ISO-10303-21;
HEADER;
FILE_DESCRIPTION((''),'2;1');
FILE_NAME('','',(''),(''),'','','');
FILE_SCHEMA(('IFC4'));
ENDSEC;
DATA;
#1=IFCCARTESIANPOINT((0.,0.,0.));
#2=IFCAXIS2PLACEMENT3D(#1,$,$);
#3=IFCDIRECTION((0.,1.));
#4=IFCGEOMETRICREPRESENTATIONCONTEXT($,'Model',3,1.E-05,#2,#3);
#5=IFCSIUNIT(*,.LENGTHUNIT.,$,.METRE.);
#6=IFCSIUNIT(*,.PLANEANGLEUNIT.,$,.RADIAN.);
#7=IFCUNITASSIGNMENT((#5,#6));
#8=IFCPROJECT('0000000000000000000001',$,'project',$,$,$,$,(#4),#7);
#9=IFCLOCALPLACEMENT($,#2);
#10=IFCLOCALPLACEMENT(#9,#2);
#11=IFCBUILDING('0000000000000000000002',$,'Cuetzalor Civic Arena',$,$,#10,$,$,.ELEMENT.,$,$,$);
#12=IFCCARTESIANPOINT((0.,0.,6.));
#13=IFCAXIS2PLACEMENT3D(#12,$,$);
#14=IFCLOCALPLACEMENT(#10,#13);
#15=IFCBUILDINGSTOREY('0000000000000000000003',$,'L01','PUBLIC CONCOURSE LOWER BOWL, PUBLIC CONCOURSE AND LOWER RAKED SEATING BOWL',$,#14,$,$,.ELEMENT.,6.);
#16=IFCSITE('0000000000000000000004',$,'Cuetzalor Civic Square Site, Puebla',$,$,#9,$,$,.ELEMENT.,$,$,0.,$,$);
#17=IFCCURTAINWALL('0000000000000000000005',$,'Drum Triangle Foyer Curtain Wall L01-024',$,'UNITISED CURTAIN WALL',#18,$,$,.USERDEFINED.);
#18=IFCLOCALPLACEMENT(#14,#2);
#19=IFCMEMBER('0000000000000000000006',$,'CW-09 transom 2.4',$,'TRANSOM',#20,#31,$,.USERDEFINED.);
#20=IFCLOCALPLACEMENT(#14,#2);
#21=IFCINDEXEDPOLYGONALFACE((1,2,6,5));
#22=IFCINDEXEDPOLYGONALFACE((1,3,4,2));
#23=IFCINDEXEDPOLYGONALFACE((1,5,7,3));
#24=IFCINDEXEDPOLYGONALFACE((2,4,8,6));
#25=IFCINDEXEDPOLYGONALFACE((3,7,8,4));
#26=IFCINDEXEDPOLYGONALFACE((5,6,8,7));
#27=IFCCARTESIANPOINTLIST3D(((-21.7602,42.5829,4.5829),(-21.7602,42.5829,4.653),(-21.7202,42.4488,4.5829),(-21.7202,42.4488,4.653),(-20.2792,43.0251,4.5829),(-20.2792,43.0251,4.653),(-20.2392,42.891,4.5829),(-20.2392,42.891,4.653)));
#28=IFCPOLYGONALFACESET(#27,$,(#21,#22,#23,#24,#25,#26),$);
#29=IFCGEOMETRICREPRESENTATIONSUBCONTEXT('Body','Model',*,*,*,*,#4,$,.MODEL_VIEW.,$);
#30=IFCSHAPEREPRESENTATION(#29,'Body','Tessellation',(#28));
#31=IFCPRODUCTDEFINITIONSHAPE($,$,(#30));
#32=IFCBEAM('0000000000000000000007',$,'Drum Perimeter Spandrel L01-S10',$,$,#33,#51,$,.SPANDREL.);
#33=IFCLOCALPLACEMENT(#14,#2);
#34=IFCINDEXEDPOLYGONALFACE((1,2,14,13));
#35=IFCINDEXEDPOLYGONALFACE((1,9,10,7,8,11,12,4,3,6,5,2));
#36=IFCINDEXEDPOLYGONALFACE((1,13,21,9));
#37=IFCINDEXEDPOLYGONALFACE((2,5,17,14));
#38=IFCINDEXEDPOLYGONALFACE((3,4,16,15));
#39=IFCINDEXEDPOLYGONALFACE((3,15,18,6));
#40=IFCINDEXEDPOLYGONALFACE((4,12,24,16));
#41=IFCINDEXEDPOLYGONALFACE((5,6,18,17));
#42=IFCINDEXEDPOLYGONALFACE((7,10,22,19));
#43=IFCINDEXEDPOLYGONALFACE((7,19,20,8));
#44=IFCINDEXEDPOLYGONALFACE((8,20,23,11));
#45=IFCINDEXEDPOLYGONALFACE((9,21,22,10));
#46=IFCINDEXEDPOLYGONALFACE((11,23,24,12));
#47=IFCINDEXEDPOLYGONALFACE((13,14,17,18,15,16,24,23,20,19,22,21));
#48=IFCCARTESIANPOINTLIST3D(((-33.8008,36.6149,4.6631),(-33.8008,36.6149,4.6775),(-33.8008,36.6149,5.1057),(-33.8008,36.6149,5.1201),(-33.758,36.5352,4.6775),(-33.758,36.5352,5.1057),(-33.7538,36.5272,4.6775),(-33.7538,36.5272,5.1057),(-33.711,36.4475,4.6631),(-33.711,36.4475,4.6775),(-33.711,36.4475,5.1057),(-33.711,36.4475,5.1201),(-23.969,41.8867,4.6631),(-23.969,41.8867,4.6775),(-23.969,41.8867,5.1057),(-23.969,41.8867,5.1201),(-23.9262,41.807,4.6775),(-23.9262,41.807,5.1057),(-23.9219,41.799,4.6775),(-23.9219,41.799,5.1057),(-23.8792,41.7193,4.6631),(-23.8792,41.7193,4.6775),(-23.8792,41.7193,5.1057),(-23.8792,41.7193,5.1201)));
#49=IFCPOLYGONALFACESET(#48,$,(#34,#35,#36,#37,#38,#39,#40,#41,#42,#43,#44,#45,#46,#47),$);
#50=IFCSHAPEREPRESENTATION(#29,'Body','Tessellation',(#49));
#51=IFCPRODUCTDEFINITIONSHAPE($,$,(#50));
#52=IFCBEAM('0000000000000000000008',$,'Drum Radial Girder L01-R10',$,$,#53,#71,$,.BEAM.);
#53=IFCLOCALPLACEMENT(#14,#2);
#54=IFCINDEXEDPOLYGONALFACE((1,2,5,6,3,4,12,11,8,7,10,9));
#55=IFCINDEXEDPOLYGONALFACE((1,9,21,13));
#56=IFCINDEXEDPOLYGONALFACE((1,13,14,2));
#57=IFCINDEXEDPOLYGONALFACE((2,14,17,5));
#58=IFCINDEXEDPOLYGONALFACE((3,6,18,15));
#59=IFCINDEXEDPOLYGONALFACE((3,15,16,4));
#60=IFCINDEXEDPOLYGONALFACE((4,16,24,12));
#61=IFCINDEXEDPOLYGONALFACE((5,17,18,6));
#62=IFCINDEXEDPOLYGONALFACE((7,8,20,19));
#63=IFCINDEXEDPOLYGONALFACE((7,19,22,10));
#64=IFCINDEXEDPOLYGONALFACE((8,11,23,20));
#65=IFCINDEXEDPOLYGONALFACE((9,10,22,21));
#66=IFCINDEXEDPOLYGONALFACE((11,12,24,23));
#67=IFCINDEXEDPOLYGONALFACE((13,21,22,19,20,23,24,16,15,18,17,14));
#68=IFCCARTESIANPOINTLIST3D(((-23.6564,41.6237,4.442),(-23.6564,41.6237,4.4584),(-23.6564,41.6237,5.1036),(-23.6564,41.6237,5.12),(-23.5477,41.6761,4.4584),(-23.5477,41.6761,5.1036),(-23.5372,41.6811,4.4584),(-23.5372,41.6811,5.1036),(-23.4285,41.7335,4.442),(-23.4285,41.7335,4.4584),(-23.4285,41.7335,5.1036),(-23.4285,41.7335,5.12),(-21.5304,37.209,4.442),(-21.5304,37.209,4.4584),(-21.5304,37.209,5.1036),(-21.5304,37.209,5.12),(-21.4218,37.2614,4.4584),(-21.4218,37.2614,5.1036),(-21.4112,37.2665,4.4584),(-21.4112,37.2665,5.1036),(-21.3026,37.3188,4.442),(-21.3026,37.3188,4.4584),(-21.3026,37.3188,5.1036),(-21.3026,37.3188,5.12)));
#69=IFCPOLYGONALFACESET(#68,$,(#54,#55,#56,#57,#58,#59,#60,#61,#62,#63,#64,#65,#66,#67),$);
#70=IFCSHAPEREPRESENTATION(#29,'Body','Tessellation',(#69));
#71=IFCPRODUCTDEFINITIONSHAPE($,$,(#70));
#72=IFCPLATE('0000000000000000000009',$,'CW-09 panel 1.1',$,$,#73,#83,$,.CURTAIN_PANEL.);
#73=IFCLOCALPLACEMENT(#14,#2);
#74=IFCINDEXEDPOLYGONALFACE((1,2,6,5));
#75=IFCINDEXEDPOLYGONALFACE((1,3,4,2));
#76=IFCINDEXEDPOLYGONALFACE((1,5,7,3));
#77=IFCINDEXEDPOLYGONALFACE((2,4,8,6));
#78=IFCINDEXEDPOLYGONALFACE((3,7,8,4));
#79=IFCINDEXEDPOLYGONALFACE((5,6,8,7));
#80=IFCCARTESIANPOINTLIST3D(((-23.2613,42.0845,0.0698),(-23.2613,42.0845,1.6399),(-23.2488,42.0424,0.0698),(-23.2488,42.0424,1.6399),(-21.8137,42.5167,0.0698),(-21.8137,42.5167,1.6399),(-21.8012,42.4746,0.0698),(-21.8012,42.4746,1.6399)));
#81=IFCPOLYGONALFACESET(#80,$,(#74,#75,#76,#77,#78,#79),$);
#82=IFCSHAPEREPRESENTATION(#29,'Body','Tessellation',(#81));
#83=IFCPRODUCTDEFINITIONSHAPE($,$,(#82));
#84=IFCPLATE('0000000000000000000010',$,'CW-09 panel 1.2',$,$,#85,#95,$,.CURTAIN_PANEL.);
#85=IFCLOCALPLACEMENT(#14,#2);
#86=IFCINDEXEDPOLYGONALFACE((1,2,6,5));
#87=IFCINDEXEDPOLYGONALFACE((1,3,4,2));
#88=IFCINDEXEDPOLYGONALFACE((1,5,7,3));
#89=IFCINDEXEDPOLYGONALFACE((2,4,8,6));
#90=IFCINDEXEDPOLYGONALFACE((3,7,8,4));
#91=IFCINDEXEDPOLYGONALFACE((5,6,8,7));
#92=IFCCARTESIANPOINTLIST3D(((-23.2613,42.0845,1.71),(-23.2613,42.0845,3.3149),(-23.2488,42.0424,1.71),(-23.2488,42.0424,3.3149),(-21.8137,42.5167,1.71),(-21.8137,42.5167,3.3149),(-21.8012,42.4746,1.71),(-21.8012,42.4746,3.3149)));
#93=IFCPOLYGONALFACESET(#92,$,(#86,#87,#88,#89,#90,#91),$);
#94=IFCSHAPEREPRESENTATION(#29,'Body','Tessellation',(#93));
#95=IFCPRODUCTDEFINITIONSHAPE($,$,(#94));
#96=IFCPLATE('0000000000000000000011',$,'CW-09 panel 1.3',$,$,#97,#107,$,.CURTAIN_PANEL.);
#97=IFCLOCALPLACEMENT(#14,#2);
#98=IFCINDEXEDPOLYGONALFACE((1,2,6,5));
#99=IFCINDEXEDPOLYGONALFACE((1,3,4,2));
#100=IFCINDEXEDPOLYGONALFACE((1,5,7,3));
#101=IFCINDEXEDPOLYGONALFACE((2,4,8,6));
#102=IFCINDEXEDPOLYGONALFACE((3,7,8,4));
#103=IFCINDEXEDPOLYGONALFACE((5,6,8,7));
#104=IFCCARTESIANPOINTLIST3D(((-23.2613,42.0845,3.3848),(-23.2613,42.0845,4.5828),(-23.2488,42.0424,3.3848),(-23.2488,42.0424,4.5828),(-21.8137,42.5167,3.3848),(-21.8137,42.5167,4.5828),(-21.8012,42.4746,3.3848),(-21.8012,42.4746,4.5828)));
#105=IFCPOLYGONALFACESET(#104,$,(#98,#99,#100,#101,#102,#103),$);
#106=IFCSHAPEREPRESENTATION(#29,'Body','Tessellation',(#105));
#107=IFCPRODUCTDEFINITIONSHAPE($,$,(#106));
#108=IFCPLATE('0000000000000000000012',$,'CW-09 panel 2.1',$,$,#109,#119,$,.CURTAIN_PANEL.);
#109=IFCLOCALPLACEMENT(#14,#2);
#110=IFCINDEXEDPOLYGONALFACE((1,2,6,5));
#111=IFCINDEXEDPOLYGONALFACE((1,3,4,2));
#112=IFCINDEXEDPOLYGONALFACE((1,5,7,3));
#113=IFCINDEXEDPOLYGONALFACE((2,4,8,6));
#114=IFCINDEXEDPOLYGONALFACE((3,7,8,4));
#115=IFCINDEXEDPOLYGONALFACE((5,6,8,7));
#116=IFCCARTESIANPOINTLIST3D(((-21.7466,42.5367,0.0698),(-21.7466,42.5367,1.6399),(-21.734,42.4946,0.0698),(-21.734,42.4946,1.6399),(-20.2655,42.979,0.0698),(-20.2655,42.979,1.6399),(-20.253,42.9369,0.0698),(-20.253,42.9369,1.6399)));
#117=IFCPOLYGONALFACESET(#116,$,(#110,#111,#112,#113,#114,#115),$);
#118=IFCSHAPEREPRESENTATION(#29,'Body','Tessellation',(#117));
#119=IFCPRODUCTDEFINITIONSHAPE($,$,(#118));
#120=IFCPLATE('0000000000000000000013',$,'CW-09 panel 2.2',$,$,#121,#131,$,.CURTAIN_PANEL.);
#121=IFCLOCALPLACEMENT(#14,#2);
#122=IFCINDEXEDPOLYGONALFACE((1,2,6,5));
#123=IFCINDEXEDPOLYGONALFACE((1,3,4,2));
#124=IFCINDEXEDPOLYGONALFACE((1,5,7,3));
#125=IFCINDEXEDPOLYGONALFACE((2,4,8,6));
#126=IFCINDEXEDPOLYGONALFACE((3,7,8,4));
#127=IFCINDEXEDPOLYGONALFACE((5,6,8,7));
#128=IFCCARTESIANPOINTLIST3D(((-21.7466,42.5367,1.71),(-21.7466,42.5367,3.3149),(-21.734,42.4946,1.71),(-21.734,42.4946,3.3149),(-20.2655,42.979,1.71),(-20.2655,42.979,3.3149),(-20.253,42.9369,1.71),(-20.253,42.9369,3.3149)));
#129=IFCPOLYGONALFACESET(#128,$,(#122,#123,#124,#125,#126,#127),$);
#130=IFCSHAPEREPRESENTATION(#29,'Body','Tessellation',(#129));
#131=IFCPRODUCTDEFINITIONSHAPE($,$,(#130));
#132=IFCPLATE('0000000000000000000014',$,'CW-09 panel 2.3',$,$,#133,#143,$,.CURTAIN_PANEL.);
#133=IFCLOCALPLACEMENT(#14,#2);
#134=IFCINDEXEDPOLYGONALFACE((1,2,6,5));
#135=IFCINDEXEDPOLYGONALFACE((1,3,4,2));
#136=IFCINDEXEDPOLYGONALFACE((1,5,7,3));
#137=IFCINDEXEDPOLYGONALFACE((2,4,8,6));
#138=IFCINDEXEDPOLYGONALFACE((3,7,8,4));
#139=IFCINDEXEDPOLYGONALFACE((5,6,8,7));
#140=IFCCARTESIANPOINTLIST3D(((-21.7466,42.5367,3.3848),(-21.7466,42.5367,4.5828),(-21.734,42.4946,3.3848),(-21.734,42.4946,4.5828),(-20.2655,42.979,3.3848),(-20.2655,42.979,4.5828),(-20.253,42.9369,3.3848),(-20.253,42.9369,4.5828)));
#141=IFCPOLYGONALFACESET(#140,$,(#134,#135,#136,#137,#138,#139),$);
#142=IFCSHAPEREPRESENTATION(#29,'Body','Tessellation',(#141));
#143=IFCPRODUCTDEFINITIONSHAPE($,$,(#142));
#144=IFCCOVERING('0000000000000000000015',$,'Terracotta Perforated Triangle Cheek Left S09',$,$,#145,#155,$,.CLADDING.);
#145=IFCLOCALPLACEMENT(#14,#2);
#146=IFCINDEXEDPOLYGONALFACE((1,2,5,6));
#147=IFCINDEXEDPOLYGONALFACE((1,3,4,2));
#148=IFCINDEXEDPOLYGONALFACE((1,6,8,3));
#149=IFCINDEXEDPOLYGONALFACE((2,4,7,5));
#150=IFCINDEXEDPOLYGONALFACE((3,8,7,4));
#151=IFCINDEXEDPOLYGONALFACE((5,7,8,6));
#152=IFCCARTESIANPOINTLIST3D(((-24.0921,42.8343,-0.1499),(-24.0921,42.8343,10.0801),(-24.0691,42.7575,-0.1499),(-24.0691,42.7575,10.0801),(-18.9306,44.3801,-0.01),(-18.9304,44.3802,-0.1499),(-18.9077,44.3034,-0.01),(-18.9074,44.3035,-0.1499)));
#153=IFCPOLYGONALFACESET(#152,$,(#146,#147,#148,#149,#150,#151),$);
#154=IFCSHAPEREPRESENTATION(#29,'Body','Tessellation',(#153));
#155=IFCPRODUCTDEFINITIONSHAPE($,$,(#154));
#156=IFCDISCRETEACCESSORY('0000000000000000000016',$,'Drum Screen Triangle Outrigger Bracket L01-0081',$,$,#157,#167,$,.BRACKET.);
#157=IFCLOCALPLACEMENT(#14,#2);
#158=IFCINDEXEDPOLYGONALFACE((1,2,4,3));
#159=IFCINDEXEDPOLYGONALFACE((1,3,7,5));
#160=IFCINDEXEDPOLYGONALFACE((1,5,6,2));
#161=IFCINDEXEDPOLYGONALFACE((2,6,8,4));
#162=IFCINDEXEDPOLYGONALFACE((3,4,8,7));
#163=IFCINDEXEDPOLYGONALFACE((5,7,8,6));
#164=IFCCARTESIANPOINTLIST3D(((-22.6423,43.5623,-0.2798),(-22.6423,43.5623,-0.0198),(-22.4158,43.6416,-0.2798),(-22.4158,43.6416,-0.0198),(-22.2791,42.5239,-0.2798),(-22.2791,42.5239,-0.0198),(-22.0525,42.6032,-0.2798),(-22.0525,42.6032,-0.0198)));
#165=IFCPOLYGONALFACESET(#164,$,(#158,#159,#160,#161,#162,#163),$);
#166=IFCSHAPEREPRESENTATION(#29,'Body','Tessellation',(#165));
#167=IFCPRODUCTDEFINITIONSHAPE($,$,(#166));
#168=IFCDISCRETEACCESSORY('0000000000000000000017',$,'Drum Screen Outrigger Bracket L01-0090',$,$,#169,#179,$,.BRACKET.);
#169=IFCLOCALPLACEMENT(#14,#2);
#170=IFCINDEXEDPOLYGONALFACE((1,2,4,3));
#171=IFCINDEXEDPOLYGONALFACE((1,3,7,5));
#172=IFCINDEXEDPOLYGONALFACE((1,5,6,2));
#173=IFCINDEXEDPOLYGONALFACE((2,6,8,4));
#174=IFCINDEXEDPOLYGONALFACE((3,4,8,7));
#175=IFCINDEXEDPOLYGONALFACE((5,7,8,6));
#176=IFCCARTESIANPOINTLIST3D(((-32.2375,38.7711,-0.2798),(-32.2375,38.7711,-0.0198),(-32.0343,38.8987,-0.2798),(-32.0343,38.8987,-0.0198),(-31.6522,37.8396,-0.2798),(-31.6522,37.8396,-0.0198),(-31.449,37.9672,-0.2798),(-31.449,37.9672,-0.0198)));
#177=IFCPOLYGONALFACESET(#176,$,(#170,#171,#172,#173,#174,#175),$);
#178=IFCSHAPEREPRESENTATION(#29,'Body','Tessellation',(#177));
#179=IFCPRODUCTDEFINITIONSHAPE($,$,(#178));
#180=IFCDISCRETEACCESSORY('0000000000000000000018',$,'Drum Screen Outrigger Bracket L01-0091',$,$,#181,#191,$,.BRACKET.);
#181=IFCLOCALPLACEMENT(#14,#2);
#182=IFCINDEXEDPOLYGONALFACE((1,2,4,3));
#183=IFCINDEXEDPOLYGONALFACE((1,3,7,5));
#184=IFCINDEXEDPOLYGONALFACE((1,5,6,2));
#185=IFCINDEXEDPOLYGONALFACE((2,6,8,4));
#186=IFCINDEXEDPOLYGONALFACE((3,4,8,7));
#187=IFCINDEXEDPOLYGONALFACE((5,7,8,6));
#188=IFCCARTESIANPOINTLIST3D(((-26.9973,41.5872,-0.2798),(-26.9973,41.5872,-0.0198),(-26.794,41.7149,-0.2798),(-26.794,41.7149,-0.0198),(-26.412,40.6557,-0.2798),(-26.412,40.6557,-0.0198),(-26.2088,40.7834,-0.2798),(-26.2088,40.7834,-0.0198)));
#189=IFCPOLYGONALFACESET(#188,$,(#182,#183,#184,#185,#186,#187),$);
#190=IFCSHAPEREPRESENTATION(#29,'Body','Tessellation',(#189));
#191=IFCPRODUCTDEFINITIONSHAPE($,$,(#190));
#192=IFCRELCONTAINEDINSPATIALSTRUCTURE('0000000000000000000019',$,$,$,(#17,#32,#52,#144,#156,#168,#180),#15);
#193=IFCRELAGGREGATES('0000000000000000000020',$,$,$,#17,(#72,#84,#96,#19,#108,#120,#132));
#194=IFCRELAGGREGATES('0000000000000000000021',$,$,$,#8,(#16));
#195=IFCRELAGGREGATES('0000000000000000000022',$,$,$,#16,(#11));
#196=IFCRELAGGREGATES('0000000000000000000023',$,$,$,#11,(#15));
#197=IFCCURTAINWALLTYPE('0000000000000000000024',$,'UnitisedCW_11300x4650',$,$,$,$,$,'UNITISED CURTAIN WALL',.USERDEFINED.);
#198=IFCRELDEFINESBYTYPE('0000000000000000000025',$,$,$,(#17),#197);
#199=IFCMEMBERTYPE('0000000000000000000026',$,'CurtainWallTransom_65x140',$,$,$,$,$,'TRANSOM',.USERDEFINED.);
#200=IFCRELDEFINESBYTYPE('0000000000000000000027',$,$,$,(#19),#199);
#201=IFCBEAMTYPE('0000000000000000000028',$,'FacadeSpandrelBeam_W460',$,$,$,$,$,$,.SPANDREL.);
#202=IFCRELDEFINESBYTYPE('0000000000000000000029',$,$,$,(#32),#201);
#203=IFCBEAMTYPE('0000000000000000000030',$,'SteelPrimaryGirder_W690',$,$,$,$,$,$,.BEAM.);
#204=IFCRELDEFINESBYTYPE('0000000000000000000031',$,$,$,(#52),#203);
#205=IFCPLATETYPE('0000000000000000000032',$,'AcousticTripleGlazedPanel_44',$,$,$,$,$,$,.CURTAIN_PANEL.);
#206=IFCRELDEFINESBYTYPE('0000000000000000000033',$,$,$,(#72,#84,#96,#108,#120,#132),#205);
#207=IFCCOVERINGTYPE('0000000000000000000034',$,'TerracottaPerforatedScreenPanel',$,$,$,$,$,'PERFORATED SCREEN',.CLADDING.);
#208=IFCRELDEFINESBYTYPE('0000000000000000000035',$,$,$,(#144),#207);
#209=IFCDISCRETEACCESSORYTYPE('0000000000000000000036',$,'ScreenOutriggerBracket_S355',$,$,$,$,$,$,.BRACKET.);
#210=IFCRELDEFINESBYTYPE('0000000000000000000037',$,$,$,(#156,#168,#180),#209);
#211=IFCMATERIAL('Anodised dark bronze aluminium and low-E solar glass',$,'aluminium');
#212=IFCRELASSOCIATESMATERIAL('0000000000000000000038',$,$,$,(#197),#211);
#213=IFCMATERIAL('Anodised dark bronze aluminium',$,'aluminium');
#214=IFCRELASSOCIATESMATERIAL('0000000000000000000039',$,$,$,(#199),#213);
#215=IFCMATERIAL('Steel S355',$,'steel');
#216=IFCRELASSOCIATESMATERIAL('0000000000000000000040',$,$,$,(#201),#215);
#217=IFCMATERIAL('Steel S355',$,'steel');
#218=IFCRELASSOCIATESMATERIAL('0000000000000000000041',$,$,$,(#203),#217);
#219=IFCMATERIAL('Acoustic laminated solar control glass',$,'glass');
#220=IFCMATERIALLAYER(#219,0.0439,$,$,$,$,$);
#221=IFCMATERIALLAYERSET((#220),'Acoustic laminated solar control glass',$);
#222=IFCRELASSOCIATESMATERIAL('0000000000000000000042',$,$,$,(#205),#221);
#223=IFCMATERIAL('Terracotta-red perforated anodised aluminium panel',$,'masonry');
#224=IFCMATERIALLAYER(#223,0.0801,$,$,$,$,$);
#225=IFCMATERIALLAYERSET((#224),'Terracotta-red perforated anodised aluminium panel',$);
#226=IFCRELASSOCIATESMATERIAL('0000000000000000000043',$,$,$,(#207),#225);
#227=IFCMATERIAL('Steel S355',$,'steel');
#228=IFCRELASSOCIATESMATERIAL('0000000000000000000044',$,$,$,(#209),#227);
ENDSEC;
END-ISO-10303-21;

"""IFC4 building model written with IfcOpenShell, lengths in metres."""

from ifc_helpers import new_model, si_unit, direction, frame, origin, origin_2d, place, context, subcontext, project, spatial, polyline, rectangle, i_section, outline, extrude, material, layer, layer_set, material_profile, profile_set, type_object, element, aggregate, save


model = new_model("IFC4")

# Units and contexts
model_context = context("Model", 3, precision=1e-05, world=origin(), true_north=direction((0.0, 1.0)))
body_context = subcontext(model_context, "Body", "Model", "MODEL_VIEW")
ifc_project = project(units=[si_unit("LENGTHUNIT", "METRE"), si_unit("PLANEANGLEUNIT", "RADIAN")], contexts=[model_context])

# Site, building, storey
site_placement = place(None, origin())
site = spatial("IfcSite", under=ifc_project, at=site_placement, Name="Cuetzalor Civic Square Site, Puebla", CompositionType="ELEMENT", RefElevation=0.0)
building_placement = place(site_placement, origin())
building = spatial("IfcBuilding", under=site, at=building_placement, Name="Cuetzalor Civic Arena", CompositionType="ELEMENT")
storey_placement = place(building_placement, frame((0.0, 0.0, 6.0)))
storey = spatial("IfcBuildingStorey", under=building, at=storey_placement, Name="L01", Description="PUBLIC CONCOURSE LOWER BOWL, PUBLIC CONCOURSE AND LOWER RAKED SEATING BOWL", CompositionType="ELEMENT", Elevation=6.0)

# Curtain wall, member
ifc_material_1 = material(Name="Anodised dark bronze aluminium and low-E solar glass", Category="aluminium")
curtain_wall_type = type_object("IfcCurtainWallType", Name="UnitisedCW_11300x4650", ElementType="UNITISED CURTAIN WALL", PredefinedType="USERDEFINED", material=ifc_material_1)
curtain_wall_placement = place(storey_placement, origin())
curtain_wall = element("IfcCurtainWall", 1, at=curtain_wall_placement, inside=storey, type_object=curtain_wall_type, Name="Drum Triangle Foyer Curtain Wall L01-024", ObjectType="UNITISED CURTAIN WALL", PredefinedType="USERDEFINED")
ifc_material_2 = material(Name="Anodised dark bronze aluminium", Category="aluminium")
ifc_material_profile_1 = material_profile(ifc_material_2, rectangle(XDim=0.1399, YDim=0.0701, at=origin_2d()), Name="ALU TRANSOM 70x140")
ifc_profile_set_1 = profile_set([ifc_material_profile_1], Name="Anodised dark bronze aluminium")
member_type_1 = type_object("IfcMemberType", Name="CurtainWallTransom_65x140", ElementType="TRANSOM", PredefinedType="USERDEFINED", material=ifc_profile_set_1)
member_1_placement = place(storey_placement, frame((-21.7402, 42.5159, 4.6179), z_axis=(0.958208, 0.286072, 0.0), x_axis=(-0.286072, 0.958208, 0.0)))
member_1 = element("IfcMember", 2, at=member_1_placement, type_object=member_type_1, Name="CW-09 transom 2.4", ObjectType="TRANSOM", PredefinedType="USERDEFINED", context=body_context, shape_type="SweptSolid", body=[
    extrude(rectangle(XDim=0.1399, YDim=0.0701, at=origin_2d()), origin(), (0.0, 0.0, 1.0), 1.5457),
])

# Beams
ifc_material_3 = material(Name="Steel S355", Category="steel")
ifc_material_profile_2 = material_profile(ifc_material_3, i_section(OverallWidth=0.1899, OverallDepth=0.457, WebThickness=0.009, FlangeThickness=0.0144, at=origin_2d()), Name="W460x74")
ifc_profile_set_2 = profile_set([ifc_material_profile_2], Name="Steel S355")
beam_type_1 = type_object("IfcBeamType", Name="FacadeSpandrelBeam_W460", PredefinedType="SPANDREL", material=ifc_profile_set_2)
beam_1_placement = place(storey_placement, frame((-23.9241, 41.803, 4.8916), z_axis=(-0.881305, -0.472549, 0.0), x_axis=(0.472549, -0.881305, 0.0)))
element("IfcBeam", 3, at=beam_1_placement, inside=storey, type_object=beam_type_1, Name="Drum Perimeter Spandrel L01-S10", PredefinedType="SPANDREL", context=body_context, shape_type="SweptSolid", body=[
    extrude(i_section(OverallWidth=0.1899, OverallDepth=0.457, WebThickness=0.009, FlangeThickness=0.0144, at=origin_2d()), origin(), (0.0, 0.0, 1.0), 11.156),
])
ifc_material_4 = material(Name="Steel S355", Category="steel")
ifc_material_profile_3 = material_profile(ifc_material_4, i_section(OverallWidth=0.2529, OverallDepth=0.678, WebThickness=0.0117, FlangeThickness=0.0164, at=origin_2d()), Name="W690x125")
ifc_profile_set_3 = profile_set([ifc_material_profile_3], Name="Steel S355")
beam_type_2 = type_object("IfcBeamType", Name="SteelPrimaryGirder_W690", PredefinedType="BEAM", material=ifc_profile_set_3)
beam_2_placement = place(storey_placement, frame((-21.4165, 37.2639, 4.781), z_axis=(-0.433871, 0.900975, 0.0), x_axis=(-0.900975, -0.433871, 0.0)))
element("IfcBeam", 4, at=beam_2_placement, inside=storey, type_object=beam_type_2, Name="Drum Radial Girder L01-R10", PredefinedType="BEAM", context=body_context, shape_type="SweptSolid", body=[
    extrude(i_section(OverallWidth=0.2529, OverallDepth=0.678, WebThickness=0.0117, FlangeThickness=0.0164, at=origin_2d()), origin(), (0.0, 0.0, 1.0), 4.8999),
])

# Plates
ifc_material_5 = material(Name="Acoustic laminated solar control glass", Category="glass")
ifc_layer_1 = layer(ifc_material_5, 0.0439)
ifc_layer_set_1 = layer_set([ifc_layer_1], Name="Acoustic laminated solar control glass")
plate_type = type_object("IfcPlateType", Name="AcousticTripleGlazedPanel_44", PredefinedType="CURTAIN_PANEL", material=ifc_layer_set_1)
plate_1_placement = place(storey_placement, frame((-22.5312, 42.2795, 0.0698), z_axis=(0.0, 0.0, 1.0), x_axis=(0.958194, 0.28612, 0.0)))
plate_1 = element("IfcPlate", 5, at=plate_1_placement, type_object=plate_type, Name="CW-09 panel 1.1", PredefinedType="CURTAIN_PANEL", context=body_context, shape_type="SweptSolid", body=[
    extrude(rectangle(XDim=1.5107, YDim=0.0439, at=origin_2d()), origin(), (0.0, 0.0, 1.0), 1.5701),
])
plate_2_placement = place(storey_placement, frame((-22.5312, 42.2795, 1.71), z_axis=(0.0, 0.0, 1.0), x_axis=(0.958194, 0.28612, 0.0)))
plate_2 = element("IfcPlate", 6, at=plate_2_placement, type_object=plate_type, Name="CW-09 panel 1.2", PredefinedType="CURTAIN_PANEL", context=body_context, shape_type="SweptSolid", body=[
    extrude(rectangle(XDim=1.5107, YDim=0.0439, at=origin_2d()), origin(), (0.0, 0.0, 1.0), 1.605),
])
plate_3_placement = place(storey_placement, frame((-22.5312, 42.2795, 3.3848), z_axis=(0.0, 0.0, 1.0), x_axis=(0.958194, 0.28612, 0.0)))
plate_3 = element("IfcPlate", 7, at=plate_3_placement, type_object=plate_type, Name="CW-09 panel 1.3", PredefinedType="CURTAIN_PANEL", context=body_context, shape_type="SweptSolid", body=[
    extrude(rectangle(XDim=1.5107, YDim=0.0439, at=origin_2d()), origin(), (0.0, 0.0, 1.0), 1.198),
])
plate_4_placement = place(storey_placement, frame((-20.9998, 42.7368, 0.0698), z_axis=(0.0, 0.0, 1.0), x_axis=(0.958194, 0.28612, 0.0)))
plate_4 = element("IfcPlate", 8, at=plate_4_placement, type_object=plate_type, Name="CW-09 panel 2.1", PredefinedType="CURTAIN_PANEL", context=body_context, shape_type="SweptSolid", body=[
    extrude(rectangle(XDim=1.5457, YDim=0.0439, at=origin_2d()), origin(), (0.0, 0.0, 1.0), 1.5701),
])
plate_5_placement = place(storey_placement, frame((-20.9998, 42.7368, 1.71), z_axis=(0.0, 0.0, 1.0), x_axis=(0.958194, 0.28612, 0.0)))
plate_5 = element("IfcPlate", 9, at=plate_5_placement, type_object=plate_type, Name="CW-09 panel 2.2", PredefinedType="CURTAIN_PANEL", context=body_context, shape_type="SweptSolid", body=[
    extrude(rectangle(XDim=1.5457, YDim=0.0439, at=origin_2d()), origin(), (0.0, 0.0, 1.0), 1.605),
])
plate_6_placement = place(storey_placement, frame((-20.9998, 42.7368, 3.3848), z_axis=(0.0, 0.0, 1.0), x_axis=(0.958194, 0.28612, 0.0)))
plate_6 = element("IfcPlate", 10, at=plate_6_placement, type_object=plate_type, Name="CW-09 panel 2.3", PredefinedType="CURTAIN_PANEL", context=body_context, shape_type="SweptSolid", body=[
    extrude(rectangle(XDim=1.5457, YDim=0.0439, at=origin_2d()), origin(), (0.0, 0.0, 1.0), 1.198),
])
aggregate(curtain_wall, [plate_1, plate_2, plate_3, member_1, plate_4, plate_5, plate_6])

# Covering
ifc_material_6 = material(Name="Terracotta-red perforated anodised aluminium panel", Category="masonry")
ifc_layer_2 = layer(ifc_material_6, 0.0801)
ifc_layer_set_2 = layer_set([ifc_layer_2], Name="Terracotta-red perforated anodised aluminium panel")
covering_type = type_object("IfcCoveringType", Name="TerracottaPerforatedScreenPanel", ElementType="PERFORATED SCREEN", PredefinedType="CLADDING", material=ifc_layer_set_2)
covering_placement = place(storey_placement, frame((-24.0806, 42.7959, -0.1499), z_axis=(0.0, 0.0, 1.0), x_axis=(0.957958, 0.286907, 0.0)))
element("IfcCovering", 11, at=covering_placement, inside=storey, type_object=covering_type, Name="Terracotta Perforated Triangle Cheek Left S09", PredefinedType="CLADDING", context=body_context, shape_type="SweptSolid", body=[
    extrude(outline(polyline([(0.0, 0.0), (5.3882, 0.0), (5.3879, 0.1399), (0.0, 10.23), (0.0, 0.0)])), frame((0.0, 0.04, 0.0), z_axis=(0.0, -1.0, 0.0), x_axis=(1.0, 0.0, 0.0)), (0.0, 0.0, 1.0), 0.0801),
])

# Discrete accessories
ifc_material_7 = material(Name="Steel S355", Category="steel")
discrete_accessory_type = type_object("IfcDiscreteAccessoryType", Name="ScreenOutriggerBracket_S355", PredefinedType="BRACKET", material=ifc_material_7)
for number, where, z_axis, x_axis, name in (
    (12, (-22.3474, 43.0828, -0.2798), (0.0, 0.0, 1.0), (-0.330185, 0.943916, 0.0), "Drum Screen Triangle Outrigger Bracket L01-0081"),
    (13, (-31.8433, 38.3691, -0.2798), (0.0, 0.0, 1.0), (-0.53199, 0.846751, 0.0), "Drum Screen Outrigger Bracket L01-0090"),
    (14, (-26.603, 41.1853, -0.2798), (0.0, 0.0, 1.0), (-0.53199, 0.846751, 0.0), "Drum Screen Outrigger Bracket L01-0091"),
):
    element("IfcDiscreteAccessory", number, at=place(storey_placement, frame(where, z_axis=z_axis, x_axis=x_axis)), inside=storey, type_object=discrete_accessory_type, Name=name, PredefinedType="BRACKET", context=body_context, shape_type="SweptSolid", body=[
        extrude(rectangle(XDim=1.1001, YDim=0.24, at=origin_2d()), origin(), (0.0, 0.0, 1.0), 0.26),
    ])

save(model, "model.ifc")
